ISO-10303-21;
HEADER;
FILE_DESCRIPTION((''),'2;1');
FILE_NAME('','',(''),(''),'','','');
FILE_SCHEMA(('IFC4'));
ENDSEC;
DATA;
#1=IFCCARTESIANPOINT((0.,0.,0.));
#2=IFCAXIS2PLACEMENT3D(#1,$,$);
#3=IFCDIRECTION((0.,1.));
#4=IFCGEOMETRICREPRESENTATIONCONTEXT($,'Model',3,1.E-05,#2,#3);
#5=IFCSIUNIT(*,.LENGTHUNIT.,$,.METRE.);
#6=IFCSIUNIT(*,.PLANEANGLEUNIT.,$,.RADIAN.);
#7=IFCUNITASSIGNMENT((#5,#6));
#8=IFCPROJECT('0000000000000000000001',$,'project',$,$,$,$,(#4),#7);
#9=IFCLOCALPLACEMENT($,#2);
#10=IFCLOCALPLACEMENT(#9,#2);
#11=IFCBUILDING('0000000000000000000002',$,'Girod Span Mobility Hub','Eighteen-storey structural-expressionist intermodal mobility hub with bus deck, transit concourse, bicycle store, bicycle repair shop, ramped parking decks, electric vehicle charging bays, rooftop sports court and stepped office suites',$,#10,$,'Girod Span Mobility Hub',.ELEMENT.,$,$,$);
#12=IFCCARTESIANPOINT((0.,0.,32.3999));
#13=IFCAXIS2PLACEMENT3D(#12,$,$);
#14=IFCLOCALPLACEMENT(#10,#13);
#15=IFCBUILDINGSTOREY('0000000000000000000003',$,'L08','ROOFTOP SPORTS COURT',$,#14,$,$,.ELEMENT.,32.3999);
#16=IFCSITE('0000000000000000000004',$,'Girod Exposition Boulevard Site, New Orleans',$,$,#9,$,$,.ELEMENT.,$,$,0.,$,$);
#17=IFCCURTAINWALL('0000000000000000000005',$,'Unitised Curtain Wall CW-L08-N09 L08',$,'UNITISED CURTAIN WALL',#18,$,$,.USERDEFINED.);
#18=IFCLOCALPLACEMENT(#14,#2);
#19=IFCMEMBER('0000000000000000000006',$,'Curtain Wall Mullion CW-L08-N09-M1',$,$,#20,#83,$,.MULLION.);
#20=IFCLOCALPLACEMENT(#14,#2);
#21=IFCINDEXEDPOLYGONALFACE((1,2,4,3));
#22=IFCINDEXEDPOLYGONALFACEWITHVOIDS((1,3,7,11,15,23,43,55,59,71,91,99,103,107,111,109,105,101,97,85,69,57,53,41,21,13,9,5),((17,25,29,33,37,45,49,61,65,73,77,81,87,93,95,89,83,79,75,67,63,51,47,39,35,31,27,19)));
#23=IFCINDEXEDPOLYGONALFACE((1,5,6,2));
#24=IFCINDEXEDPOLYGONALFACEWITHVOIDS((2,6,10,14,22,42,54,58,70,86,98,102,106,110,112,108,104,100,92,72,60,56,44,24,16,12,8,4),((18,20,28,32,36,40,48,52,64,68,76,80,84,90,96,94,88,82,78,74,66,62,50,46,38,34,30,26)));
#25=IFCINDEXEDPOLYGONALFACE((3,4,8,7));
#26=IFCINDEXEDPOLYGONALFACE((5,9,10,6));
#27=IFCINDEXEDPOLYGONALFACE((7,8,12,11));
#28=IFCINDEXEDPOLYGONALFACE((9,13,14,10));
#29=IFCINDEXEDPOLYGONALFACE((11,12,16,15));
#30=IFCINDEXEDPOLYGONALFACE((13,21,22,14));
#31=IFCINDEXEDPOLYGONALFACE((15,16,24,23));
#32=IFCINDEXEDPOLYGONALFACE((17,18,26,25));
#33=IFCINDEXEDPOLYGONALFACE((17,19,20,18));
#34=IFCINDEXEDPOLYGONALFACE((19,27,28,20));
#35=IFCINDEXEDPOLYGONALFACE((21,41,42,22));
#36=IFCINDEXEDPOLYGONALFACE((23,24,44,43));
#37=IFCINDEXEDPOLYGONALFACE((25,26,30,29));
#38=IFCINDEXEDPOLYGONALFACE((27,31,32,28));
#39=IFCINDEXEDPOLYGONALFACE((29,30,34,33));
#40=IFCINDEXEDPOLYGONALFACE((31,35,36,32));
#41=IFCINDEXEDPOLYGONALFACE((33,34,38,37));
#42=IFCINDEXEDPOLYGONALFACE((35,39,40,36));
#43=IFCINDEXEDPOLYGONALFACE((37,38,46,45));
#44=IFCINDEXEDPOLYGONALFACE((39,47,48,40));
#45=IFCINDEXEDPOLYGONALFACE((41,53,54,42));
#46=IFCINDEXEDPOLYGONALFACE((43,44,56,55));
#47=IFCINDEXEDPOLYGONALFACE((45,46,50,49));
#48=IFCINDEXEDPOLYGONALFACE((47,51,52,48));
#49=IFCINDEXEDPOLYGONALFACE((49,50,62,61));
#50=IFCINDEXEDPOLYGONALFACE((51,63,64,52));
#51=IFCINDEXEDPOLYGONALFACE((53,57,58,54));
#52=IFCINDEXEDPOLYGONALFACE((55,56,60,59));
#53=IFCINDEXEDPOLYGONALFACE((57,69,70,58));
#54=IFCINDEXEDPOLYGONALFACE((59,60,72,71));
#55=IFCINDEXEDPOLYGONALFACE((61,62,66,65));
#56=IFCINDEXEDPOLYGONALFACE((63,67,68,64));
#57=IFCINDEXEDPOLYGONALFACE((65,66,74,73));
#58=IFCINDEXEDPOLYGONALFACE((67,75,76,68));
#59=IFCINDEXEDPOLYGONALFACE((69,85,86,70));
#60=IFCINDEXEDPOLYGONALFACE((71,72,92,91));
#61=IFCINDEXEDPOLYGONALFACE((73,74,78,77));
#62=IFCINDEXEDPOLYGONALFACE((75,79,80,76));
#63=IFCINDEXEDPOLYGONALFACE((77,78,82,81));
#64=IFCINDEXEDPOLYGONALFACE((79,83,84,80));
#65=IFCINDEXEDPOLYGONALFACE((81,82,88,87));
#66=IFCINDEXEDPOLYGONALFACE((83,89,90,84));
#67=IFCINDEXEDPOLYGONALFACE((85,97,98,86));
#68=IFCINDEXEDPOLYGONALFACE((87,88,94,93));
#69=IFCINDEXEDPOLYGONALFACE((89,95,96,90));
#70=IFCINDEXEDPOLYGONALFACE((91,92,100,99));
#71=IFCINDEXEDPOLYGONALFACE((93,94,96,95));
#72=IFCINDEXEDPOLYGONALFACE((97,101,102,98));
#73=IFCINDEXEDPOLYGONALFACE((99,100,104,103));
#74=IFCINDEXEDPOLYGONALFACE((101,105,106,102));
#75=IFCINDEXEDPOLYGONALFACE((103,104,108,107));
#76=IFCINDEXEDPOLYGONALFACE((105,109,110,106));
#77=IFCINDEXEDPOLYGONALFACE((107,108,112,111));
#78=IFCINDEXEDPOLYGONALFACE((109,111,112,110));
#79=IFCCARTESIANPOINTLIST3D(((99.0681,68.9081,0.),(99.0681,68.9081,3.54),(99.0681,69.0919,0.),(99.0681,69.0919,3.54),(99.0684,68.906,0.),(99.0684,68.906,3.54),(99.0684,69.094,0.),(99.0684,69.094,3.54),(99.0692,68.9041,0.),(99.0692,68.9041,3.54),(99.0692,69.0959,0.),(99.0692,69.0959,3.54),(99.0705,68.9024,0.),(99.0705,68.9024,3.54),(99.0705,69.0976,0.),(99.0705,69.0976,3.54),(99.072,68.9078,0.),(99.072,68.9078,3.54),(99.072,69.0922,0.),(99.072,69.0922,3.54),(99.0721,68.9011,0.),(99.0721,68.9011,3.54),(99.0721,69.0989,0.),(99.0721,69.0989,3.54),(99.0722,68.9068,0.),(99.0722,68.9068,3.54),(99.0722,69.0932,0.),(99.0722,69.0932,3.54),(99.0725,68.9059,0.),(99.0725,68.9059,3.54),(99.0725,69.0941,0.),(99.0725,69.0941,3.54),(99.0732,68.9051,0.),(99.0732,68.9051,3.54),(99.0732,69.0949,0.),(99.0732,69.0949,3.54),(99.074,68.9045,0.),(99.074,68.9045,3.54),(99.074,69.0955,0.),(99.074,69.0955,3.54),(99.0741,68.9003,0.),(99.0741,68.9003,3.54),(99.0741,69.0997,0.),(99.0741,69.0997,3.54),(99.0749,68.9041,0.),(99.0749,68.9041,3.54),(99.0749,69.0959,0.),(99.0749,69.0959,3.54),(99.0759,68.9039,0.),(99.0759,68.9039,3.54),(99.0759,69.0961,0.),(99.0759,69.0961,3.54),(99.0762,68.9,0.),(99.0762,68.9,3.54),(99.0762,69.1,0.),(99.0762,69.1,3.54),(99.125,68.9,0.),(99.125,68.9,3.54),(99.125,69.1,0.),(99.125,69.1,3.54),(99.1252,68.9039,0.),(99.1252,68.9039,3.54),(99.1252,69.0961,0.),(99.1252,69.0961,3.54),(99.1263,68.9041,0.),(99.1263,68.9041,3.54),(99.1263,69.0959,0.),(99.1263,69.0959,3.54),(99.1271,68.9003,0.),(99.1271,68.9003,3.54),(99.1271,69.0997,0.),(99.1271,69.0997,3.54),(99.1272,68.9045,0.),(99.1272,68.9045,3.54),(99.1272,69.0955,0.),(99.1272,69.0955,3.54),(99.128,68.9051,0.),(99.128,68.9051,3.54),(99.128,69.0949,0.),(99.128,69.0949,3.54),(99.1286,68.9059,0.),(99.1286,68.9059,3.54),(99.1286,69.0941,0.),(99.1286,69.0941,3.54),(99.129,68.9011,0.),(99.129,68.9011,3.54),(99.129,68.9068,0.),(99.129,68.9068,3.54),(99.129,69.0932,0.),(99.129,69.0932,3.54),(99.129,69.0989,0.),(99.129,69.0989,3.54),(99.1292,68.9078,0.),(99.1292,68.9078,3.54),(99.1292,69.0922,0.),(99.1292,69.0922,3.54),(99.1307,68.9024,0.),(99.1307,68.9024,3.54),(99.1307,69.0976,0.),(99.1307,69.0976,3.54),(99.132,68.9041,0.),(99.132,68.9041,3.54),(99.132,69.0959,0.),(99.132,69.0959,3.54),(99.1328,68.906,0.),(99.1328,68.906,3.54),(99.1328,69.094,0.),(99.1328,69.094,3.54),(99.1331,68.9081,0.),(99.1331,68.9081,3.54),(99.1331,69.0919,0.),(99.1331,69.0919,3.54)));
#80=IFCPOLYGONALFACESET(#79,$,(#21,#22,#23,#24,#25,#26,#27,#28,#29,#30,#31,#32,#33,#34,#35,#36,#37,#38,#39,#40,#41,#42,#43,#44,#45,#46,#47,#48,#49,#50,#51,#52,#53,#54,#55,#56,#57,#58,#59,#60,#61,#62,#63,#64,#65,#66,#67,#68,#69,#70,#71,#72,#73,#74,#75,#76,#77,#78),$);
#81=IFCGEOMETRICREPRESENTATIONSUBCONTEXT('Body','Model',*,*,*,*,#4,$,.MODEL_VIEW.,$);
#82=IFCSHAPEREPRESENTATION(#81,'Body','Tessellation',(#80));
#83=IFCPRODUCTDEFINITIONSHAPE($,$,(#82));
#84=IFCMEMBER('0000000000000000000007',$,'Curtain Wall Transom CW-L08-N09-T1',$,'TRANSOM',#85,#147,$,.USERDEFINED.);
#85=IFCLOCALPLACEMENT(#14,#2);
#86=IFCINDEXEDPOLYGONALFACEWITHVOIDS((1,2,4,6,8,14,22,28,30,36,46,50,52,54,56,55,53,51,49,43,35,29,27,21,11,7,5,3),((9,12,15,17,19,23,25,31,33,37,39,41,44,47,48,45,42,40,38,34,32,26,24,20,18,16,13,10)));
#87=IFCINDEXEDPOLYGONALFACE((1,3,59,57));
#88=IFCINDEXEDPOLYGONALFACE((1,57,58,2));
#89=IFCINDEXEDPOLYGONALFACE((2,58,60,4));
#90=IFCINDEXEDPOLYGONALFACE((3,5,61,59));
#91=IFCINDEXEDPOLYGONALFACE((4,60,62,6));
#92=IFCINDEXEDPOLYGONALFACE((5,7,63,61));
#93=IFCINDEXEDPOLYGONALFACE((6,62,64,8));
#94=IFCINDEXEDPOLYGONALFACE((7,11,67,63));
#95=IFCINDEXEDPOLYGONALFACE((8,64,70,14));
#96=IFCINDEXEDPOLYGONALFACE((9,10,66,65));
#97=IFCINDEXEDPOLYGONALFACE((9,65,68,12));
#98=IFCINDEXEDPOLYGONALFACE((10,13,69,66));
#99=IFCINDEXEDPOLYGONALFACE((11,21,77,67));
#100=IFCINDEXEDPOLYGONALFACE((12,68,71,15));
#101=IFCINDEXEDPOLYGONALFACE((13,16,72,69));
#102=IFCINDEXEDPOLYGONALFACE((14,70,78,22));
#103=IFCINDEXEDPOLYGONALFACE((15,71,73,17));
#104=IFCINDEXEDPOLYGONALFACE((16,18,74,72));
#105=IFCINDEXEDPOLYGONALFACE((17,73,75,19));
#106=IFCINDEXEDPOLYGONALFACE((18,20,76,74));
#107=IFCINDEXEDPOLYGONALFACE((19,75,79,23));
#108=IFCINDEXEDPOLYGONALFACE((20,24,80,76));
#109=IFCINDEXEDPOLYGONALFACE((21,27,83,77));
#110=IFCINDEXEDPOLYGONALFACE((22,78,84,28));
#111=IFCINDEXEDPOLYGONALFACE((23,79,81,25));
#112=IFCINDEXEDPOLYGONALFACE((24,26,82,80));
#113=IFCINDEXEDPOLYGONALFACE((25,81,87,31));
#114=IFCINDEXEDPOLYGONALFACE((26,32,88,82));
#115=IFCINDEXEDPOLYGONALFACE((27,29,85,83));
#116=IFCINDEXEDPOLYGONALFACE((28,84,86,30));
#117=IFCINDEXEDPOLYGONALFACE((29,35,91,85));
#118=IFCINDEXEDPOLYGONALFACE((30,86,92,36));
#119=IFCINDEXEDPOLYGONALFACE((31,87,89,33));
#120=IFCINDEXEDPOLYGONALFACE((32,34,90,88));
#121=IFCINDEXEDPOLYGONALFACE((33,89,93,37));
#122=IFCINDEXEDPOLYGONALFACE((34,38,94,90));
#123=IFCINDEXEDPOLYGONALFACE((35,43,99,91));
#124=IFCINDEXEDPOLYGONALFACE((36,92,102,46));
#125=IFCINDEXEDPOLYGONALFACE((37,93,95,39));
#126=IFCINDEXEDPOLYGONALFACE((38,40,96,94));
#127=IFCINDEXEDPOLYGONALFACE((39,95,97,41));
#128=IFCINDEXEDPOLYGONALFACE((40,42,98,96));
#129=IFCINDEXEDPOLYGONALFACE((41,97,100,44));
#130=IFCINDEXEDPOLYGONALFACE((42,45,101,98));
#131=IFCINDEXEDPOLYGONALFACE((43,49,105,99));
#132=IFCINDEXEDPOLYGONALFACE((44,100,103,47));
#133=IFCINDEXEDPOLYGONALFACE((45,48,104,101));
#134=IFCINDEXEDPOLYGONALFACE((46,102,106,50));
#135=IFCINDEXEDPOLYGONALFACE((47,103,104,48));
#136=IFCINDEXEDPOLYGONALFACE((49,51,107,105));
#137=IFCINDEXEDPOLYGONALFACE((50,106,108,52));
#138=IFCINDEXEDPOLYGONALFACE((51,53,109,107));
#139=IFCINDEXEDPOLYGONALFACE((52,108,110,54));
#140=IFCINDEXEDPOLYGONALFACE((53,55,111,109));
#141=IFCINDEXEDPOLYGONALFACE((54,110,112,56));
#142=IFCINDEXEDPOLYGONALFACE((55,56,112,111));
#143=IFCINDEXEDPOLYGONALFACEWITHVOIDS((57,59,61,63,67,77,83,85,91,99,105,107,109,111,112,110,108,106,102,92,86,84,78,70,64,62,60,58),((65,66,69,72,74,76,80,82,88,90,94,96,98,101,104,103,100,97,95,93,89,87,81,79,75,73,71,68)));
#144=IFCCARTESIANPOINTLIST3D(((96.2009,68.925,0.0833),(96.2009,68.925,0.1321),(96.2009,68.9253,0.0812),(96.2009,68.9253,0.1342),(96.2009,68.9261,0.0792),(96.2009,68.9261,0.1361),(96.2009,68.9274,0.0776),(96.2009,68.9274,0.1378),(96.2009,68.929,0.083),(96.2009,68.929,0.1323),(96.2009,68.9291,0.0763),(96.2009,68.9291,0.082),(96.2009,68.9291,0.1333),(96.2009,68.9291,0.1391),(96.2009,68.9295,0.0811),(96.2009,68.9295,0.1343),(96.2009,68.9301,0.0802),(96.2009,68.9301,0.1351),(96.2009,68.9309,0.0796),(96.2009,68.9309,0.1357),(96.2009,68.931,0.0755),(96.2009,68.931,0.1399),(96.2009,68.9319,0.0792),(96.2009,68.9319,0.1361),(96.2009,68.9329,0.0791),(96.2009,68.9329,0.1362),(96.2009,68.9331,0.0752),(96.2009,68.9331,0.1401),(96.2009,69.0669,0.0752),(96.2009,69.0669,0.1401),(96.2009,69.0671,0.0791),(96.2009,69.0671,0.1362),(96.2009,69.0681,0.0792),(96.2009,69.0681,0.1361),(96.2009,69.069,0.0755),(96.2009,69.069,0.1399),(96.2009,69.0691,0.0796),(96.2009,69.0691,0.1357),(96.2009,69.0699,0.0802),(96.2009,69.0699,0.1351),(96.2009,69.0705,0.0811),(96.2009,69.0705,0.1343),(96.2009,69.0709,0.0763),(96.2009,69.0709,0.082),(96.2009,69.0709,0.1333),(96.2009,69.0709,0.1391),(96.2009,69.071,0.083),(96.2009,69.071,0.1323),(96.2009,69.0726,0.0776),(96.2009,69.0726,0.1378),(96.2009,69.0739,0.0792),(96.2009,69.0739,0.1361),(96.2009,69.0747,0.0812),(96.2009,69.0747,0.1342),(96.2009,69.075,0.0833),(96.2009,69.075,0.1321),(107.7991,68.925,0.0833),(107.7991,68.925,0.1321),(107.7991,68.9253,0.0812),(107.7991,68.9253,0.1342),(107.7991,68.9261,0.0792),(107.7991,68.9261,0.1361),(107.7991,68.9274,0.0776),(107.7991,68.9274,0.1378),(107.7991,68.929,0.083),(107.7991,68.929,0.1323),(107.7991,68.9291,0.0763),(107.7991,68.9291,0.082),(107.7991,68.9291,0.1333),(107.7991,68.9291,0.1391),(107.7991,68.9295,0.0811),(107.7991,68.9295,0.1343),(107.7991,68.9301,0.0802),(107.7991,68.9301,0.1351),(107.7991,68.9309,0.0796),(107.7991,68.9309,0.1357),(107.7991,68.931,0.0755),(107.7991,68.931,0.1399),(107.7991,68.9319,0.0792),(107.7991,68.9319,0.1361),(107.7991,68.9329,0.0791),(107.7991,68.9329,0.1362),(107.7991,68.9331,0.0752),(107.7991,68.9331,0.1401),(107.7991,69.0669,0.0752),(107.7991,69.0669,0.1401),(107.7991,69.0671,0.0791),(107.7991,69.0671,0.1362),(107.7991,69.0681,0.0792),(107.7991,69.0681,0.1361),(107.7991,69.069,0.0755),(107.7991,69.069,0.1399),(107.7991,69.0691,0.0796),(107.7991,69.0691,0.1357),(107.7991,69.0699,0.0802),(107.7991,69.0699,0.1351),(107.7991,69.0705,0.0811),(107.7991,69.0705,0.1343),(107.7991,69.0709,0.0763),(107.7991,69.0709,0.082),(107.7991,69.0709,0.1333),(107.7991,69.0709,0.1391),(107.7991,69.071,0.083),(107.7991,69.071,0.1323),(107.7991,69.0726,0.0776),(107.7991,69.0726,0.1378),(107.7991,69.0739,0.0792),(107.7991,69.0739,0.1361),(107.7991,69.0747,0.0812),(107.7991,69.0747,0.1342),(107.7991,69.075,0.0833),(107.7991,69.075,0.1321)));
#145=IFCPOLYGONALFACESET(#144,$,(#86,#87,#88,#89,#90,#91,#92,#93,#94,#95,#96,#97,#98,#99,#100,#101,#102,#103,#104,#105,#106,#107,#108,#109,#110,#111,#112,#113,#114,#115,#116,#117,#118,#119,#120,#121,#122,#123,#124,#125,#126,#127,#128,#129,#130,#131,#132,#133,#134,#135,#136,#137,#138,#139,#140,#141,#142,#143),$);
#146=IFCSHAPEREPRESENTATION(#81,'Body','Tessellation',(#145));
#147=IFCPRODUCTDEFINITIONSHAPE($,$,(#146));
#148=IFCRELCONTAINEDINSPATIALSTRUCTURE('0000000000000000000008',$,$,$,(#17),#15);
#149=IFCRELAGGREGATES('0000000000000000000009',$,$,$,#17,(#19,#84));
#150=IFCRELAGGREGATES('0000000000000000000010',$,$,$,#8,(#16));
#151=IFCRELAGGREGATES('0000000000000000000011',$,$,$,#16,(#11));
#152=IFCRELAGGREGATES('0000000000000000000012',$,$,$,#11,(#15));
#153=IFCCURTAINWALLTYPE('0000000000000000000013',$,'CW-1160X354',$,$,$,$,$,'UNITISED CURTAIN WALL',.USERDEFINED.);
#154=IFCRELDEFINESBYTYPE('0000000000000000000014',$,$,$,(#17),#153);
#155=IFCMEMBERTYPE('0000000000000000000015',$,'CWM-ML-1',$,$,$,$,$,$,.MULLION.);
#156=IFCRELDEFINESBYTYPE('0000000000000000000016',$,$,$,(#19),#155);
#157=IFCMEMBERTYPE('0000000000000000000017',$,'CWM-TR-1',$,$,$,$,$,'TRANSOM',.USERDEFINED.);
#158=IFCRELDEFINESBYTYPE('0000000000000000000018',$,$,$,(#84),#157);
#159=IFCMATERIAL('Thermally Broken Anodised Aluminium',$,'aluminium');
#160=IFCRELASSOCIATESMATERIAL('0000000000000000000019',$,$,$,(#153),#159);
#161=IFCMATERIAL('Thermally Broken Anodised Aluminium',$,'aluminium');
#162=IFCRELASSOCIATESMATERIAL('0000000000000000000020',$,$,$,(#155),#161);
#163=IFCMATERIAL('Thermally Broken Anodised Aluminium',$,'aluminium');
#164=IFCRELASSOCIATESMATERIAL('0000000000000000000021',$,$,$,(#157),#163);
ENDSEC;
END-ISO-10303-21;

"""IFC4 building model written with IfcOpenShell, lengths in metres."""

from ifc_helpers import new_model, si_unit, direction, frame, origin, origin_2d, place, context, subcontext, project, spatial, hollow_rectangle, extrude, material, material_profile, profile_set, type_object, element, aggregate, save


model = new_model("IFC4")

# Units and contexts
model_context = context("Model", 3, precision=1e-05, world=origin(), true_north=direction((0.0, 1.0)))
body_context = subcontext(model_context, "Body", "Model", "MODEL_VIEW")
ifc_project = project(units=[si_unit("LENGTHUNIT", "METRE"), si_unit("PLANEANGLEUNIT", "RADIAN")], contexts=[model_context])

# Site, building, storey
site_placement = place(None, origin())
site = spatial("IfcSite", under=ifc_project, at=site_placement, Name="Girod Exposition Boulevard Site, New Orleans", CompositionType="ELEMENT", RefElevation=0.0)
building_placement = place(site_placement, origin())
building = spatial("IfcBuilding", under=site, at=building_placement, Name="Girod Span Mobility Hub", Description="Eighteen-storey structural-expressionist intermodal mobility hub with bus deck, transit concourse, bicycle store, bicycle repair shop, ramped parking decks, electric vehicle charging bays, rooftop sports court and stepped office suites", LongName="Girod Span Mobility Hub", CompositionType="ELEMENT")
storey_placement = place(building_placement, frame((0.0, 0.0, 32.3999)))
storey = spatial("IfcBuildingStorey", under=building, at=storey_placement, Name="L08", Description="ROOFTOP SPORTS COURT", CompositionType="ELEMENT", Elevation=32.3999)

# Curtain wall, members
ifc_material_1 = material(Name="Thermally Broken Anodised Aluminium", Category="aluminium")
curtain_wall_type = type_object("IfcCurtainWallType", Name="CW-1160X354", ElementType="UNITISED CURTAIN WALL", PredefinedType="USERDEFINED", material=ifc_material_1)
curtain_wall_placement = place(storey_placement, origin())
curtain_wall = element("IfcCurtainWall", 1, at=curtain_wall_placement, inside=storey, type_object=curtain_wall_type, Name="Unitised Curtain Wall CW-L08-N09 L08", ObjectType="UNITISED CURTAIN WALL", PredefinedType="USERDEFINED")
ifc_material_2 = material(Name="Thermally Broken Anodised Aluminium", Category="aluminium")
ifc_material_profile_1 = material_profile(ifc_material_2, hollow_rectangle(XDim=0.2, YDim=0.0649, WallThickness=0.0039, InnerFilletRadius=0.0039, OuterFilletRadius=0.0081, at=origin_2d()), Name="CW-ML-65X200")
ifc_profile_set_1 = profile_set([ifc_material_profile_1], Name="Thermally Broken Anodised Aluminium")
member_type_1 = type_object("IfcMemberType", Name="CWM-ML-1", PredefinedType="MULLION", material=ifc_profile_set_1)
member_1_placement = place(storey_placement, frame((99.1006, 69.0, 0.0), z_axis=(0.0, 0.0, 1.0), x_axis=(0.0, 1.0, 0.0)))
member_1 = element("IfcMember", 2, at=member_1_placement, type_object=member_type_1, Name="Curtain Wall Mullion CW-L08-N09-M1", PredefinedType="MULLION", context=body_context, shape_type="SweptSolid", body=[
    extrude(hollow_rectangle(XDim=0.2, YDim=0.0649, WallThickness=0.0039, InnerFilletRadius=0.0039, OuterFilletRadius=0.0081, at=origin_2d()), origin(), (0.0, 0.0, 1.0), 3.54),
])
ifc_material_3 = material(Name="Thermally Broken Anodised Aluminium", Category="aluminium")
ifc_material_profile_2 = material_profile(ifc_material_3, hollow_rectangle(XDim=0.1499, YDim=0.0649, WallThickness=0.0039, InnerFilletRadius=0.0039, OuterFilletRadius=0.0081, at=origin_2d()), Name="CW-TR-65X150")
ifc_profile_set_2 = profile_set([ifc_material_profile_2], Name="Thermally Broken Anodised Aluminium")
member_type_2 = type_object("IfcMemberType", Name="CWM-TR-1", ElementType="TRANSOM", PredefinedType="USERDEFINED", material=ifc_profile_set_2)
member_2_placement = place(storey_placement, frame((96.2009, 69.0, 0.1077), z_axis=(1.0, 0.0, 0.0), x_axis=(0.0, 1.0, 0.0)))
member_2 = element("IfcMember", 3, at=member_2_placement, type_object=member_type_2, Name="Curtain Wall Transom CW-L08-N09-T1", ObjectType="TRANSOM", PredefinedType="USERDEFINED", context=body_context, shape_type="SweptSolid", body=[
    extrude(hollow_rectangle(XDim=0.1499, YDim=0.0649, WallThickness=0.0039, InnerFilletRadius=0.0039, OuterFilletRadius=0.0081, at=origin_2d()), origin(), (0.0, 0.0, 1.0), 11.5981),
])

aggregate(curtain_wall, [member_1, member_2])

save(model, "model.ifc")
